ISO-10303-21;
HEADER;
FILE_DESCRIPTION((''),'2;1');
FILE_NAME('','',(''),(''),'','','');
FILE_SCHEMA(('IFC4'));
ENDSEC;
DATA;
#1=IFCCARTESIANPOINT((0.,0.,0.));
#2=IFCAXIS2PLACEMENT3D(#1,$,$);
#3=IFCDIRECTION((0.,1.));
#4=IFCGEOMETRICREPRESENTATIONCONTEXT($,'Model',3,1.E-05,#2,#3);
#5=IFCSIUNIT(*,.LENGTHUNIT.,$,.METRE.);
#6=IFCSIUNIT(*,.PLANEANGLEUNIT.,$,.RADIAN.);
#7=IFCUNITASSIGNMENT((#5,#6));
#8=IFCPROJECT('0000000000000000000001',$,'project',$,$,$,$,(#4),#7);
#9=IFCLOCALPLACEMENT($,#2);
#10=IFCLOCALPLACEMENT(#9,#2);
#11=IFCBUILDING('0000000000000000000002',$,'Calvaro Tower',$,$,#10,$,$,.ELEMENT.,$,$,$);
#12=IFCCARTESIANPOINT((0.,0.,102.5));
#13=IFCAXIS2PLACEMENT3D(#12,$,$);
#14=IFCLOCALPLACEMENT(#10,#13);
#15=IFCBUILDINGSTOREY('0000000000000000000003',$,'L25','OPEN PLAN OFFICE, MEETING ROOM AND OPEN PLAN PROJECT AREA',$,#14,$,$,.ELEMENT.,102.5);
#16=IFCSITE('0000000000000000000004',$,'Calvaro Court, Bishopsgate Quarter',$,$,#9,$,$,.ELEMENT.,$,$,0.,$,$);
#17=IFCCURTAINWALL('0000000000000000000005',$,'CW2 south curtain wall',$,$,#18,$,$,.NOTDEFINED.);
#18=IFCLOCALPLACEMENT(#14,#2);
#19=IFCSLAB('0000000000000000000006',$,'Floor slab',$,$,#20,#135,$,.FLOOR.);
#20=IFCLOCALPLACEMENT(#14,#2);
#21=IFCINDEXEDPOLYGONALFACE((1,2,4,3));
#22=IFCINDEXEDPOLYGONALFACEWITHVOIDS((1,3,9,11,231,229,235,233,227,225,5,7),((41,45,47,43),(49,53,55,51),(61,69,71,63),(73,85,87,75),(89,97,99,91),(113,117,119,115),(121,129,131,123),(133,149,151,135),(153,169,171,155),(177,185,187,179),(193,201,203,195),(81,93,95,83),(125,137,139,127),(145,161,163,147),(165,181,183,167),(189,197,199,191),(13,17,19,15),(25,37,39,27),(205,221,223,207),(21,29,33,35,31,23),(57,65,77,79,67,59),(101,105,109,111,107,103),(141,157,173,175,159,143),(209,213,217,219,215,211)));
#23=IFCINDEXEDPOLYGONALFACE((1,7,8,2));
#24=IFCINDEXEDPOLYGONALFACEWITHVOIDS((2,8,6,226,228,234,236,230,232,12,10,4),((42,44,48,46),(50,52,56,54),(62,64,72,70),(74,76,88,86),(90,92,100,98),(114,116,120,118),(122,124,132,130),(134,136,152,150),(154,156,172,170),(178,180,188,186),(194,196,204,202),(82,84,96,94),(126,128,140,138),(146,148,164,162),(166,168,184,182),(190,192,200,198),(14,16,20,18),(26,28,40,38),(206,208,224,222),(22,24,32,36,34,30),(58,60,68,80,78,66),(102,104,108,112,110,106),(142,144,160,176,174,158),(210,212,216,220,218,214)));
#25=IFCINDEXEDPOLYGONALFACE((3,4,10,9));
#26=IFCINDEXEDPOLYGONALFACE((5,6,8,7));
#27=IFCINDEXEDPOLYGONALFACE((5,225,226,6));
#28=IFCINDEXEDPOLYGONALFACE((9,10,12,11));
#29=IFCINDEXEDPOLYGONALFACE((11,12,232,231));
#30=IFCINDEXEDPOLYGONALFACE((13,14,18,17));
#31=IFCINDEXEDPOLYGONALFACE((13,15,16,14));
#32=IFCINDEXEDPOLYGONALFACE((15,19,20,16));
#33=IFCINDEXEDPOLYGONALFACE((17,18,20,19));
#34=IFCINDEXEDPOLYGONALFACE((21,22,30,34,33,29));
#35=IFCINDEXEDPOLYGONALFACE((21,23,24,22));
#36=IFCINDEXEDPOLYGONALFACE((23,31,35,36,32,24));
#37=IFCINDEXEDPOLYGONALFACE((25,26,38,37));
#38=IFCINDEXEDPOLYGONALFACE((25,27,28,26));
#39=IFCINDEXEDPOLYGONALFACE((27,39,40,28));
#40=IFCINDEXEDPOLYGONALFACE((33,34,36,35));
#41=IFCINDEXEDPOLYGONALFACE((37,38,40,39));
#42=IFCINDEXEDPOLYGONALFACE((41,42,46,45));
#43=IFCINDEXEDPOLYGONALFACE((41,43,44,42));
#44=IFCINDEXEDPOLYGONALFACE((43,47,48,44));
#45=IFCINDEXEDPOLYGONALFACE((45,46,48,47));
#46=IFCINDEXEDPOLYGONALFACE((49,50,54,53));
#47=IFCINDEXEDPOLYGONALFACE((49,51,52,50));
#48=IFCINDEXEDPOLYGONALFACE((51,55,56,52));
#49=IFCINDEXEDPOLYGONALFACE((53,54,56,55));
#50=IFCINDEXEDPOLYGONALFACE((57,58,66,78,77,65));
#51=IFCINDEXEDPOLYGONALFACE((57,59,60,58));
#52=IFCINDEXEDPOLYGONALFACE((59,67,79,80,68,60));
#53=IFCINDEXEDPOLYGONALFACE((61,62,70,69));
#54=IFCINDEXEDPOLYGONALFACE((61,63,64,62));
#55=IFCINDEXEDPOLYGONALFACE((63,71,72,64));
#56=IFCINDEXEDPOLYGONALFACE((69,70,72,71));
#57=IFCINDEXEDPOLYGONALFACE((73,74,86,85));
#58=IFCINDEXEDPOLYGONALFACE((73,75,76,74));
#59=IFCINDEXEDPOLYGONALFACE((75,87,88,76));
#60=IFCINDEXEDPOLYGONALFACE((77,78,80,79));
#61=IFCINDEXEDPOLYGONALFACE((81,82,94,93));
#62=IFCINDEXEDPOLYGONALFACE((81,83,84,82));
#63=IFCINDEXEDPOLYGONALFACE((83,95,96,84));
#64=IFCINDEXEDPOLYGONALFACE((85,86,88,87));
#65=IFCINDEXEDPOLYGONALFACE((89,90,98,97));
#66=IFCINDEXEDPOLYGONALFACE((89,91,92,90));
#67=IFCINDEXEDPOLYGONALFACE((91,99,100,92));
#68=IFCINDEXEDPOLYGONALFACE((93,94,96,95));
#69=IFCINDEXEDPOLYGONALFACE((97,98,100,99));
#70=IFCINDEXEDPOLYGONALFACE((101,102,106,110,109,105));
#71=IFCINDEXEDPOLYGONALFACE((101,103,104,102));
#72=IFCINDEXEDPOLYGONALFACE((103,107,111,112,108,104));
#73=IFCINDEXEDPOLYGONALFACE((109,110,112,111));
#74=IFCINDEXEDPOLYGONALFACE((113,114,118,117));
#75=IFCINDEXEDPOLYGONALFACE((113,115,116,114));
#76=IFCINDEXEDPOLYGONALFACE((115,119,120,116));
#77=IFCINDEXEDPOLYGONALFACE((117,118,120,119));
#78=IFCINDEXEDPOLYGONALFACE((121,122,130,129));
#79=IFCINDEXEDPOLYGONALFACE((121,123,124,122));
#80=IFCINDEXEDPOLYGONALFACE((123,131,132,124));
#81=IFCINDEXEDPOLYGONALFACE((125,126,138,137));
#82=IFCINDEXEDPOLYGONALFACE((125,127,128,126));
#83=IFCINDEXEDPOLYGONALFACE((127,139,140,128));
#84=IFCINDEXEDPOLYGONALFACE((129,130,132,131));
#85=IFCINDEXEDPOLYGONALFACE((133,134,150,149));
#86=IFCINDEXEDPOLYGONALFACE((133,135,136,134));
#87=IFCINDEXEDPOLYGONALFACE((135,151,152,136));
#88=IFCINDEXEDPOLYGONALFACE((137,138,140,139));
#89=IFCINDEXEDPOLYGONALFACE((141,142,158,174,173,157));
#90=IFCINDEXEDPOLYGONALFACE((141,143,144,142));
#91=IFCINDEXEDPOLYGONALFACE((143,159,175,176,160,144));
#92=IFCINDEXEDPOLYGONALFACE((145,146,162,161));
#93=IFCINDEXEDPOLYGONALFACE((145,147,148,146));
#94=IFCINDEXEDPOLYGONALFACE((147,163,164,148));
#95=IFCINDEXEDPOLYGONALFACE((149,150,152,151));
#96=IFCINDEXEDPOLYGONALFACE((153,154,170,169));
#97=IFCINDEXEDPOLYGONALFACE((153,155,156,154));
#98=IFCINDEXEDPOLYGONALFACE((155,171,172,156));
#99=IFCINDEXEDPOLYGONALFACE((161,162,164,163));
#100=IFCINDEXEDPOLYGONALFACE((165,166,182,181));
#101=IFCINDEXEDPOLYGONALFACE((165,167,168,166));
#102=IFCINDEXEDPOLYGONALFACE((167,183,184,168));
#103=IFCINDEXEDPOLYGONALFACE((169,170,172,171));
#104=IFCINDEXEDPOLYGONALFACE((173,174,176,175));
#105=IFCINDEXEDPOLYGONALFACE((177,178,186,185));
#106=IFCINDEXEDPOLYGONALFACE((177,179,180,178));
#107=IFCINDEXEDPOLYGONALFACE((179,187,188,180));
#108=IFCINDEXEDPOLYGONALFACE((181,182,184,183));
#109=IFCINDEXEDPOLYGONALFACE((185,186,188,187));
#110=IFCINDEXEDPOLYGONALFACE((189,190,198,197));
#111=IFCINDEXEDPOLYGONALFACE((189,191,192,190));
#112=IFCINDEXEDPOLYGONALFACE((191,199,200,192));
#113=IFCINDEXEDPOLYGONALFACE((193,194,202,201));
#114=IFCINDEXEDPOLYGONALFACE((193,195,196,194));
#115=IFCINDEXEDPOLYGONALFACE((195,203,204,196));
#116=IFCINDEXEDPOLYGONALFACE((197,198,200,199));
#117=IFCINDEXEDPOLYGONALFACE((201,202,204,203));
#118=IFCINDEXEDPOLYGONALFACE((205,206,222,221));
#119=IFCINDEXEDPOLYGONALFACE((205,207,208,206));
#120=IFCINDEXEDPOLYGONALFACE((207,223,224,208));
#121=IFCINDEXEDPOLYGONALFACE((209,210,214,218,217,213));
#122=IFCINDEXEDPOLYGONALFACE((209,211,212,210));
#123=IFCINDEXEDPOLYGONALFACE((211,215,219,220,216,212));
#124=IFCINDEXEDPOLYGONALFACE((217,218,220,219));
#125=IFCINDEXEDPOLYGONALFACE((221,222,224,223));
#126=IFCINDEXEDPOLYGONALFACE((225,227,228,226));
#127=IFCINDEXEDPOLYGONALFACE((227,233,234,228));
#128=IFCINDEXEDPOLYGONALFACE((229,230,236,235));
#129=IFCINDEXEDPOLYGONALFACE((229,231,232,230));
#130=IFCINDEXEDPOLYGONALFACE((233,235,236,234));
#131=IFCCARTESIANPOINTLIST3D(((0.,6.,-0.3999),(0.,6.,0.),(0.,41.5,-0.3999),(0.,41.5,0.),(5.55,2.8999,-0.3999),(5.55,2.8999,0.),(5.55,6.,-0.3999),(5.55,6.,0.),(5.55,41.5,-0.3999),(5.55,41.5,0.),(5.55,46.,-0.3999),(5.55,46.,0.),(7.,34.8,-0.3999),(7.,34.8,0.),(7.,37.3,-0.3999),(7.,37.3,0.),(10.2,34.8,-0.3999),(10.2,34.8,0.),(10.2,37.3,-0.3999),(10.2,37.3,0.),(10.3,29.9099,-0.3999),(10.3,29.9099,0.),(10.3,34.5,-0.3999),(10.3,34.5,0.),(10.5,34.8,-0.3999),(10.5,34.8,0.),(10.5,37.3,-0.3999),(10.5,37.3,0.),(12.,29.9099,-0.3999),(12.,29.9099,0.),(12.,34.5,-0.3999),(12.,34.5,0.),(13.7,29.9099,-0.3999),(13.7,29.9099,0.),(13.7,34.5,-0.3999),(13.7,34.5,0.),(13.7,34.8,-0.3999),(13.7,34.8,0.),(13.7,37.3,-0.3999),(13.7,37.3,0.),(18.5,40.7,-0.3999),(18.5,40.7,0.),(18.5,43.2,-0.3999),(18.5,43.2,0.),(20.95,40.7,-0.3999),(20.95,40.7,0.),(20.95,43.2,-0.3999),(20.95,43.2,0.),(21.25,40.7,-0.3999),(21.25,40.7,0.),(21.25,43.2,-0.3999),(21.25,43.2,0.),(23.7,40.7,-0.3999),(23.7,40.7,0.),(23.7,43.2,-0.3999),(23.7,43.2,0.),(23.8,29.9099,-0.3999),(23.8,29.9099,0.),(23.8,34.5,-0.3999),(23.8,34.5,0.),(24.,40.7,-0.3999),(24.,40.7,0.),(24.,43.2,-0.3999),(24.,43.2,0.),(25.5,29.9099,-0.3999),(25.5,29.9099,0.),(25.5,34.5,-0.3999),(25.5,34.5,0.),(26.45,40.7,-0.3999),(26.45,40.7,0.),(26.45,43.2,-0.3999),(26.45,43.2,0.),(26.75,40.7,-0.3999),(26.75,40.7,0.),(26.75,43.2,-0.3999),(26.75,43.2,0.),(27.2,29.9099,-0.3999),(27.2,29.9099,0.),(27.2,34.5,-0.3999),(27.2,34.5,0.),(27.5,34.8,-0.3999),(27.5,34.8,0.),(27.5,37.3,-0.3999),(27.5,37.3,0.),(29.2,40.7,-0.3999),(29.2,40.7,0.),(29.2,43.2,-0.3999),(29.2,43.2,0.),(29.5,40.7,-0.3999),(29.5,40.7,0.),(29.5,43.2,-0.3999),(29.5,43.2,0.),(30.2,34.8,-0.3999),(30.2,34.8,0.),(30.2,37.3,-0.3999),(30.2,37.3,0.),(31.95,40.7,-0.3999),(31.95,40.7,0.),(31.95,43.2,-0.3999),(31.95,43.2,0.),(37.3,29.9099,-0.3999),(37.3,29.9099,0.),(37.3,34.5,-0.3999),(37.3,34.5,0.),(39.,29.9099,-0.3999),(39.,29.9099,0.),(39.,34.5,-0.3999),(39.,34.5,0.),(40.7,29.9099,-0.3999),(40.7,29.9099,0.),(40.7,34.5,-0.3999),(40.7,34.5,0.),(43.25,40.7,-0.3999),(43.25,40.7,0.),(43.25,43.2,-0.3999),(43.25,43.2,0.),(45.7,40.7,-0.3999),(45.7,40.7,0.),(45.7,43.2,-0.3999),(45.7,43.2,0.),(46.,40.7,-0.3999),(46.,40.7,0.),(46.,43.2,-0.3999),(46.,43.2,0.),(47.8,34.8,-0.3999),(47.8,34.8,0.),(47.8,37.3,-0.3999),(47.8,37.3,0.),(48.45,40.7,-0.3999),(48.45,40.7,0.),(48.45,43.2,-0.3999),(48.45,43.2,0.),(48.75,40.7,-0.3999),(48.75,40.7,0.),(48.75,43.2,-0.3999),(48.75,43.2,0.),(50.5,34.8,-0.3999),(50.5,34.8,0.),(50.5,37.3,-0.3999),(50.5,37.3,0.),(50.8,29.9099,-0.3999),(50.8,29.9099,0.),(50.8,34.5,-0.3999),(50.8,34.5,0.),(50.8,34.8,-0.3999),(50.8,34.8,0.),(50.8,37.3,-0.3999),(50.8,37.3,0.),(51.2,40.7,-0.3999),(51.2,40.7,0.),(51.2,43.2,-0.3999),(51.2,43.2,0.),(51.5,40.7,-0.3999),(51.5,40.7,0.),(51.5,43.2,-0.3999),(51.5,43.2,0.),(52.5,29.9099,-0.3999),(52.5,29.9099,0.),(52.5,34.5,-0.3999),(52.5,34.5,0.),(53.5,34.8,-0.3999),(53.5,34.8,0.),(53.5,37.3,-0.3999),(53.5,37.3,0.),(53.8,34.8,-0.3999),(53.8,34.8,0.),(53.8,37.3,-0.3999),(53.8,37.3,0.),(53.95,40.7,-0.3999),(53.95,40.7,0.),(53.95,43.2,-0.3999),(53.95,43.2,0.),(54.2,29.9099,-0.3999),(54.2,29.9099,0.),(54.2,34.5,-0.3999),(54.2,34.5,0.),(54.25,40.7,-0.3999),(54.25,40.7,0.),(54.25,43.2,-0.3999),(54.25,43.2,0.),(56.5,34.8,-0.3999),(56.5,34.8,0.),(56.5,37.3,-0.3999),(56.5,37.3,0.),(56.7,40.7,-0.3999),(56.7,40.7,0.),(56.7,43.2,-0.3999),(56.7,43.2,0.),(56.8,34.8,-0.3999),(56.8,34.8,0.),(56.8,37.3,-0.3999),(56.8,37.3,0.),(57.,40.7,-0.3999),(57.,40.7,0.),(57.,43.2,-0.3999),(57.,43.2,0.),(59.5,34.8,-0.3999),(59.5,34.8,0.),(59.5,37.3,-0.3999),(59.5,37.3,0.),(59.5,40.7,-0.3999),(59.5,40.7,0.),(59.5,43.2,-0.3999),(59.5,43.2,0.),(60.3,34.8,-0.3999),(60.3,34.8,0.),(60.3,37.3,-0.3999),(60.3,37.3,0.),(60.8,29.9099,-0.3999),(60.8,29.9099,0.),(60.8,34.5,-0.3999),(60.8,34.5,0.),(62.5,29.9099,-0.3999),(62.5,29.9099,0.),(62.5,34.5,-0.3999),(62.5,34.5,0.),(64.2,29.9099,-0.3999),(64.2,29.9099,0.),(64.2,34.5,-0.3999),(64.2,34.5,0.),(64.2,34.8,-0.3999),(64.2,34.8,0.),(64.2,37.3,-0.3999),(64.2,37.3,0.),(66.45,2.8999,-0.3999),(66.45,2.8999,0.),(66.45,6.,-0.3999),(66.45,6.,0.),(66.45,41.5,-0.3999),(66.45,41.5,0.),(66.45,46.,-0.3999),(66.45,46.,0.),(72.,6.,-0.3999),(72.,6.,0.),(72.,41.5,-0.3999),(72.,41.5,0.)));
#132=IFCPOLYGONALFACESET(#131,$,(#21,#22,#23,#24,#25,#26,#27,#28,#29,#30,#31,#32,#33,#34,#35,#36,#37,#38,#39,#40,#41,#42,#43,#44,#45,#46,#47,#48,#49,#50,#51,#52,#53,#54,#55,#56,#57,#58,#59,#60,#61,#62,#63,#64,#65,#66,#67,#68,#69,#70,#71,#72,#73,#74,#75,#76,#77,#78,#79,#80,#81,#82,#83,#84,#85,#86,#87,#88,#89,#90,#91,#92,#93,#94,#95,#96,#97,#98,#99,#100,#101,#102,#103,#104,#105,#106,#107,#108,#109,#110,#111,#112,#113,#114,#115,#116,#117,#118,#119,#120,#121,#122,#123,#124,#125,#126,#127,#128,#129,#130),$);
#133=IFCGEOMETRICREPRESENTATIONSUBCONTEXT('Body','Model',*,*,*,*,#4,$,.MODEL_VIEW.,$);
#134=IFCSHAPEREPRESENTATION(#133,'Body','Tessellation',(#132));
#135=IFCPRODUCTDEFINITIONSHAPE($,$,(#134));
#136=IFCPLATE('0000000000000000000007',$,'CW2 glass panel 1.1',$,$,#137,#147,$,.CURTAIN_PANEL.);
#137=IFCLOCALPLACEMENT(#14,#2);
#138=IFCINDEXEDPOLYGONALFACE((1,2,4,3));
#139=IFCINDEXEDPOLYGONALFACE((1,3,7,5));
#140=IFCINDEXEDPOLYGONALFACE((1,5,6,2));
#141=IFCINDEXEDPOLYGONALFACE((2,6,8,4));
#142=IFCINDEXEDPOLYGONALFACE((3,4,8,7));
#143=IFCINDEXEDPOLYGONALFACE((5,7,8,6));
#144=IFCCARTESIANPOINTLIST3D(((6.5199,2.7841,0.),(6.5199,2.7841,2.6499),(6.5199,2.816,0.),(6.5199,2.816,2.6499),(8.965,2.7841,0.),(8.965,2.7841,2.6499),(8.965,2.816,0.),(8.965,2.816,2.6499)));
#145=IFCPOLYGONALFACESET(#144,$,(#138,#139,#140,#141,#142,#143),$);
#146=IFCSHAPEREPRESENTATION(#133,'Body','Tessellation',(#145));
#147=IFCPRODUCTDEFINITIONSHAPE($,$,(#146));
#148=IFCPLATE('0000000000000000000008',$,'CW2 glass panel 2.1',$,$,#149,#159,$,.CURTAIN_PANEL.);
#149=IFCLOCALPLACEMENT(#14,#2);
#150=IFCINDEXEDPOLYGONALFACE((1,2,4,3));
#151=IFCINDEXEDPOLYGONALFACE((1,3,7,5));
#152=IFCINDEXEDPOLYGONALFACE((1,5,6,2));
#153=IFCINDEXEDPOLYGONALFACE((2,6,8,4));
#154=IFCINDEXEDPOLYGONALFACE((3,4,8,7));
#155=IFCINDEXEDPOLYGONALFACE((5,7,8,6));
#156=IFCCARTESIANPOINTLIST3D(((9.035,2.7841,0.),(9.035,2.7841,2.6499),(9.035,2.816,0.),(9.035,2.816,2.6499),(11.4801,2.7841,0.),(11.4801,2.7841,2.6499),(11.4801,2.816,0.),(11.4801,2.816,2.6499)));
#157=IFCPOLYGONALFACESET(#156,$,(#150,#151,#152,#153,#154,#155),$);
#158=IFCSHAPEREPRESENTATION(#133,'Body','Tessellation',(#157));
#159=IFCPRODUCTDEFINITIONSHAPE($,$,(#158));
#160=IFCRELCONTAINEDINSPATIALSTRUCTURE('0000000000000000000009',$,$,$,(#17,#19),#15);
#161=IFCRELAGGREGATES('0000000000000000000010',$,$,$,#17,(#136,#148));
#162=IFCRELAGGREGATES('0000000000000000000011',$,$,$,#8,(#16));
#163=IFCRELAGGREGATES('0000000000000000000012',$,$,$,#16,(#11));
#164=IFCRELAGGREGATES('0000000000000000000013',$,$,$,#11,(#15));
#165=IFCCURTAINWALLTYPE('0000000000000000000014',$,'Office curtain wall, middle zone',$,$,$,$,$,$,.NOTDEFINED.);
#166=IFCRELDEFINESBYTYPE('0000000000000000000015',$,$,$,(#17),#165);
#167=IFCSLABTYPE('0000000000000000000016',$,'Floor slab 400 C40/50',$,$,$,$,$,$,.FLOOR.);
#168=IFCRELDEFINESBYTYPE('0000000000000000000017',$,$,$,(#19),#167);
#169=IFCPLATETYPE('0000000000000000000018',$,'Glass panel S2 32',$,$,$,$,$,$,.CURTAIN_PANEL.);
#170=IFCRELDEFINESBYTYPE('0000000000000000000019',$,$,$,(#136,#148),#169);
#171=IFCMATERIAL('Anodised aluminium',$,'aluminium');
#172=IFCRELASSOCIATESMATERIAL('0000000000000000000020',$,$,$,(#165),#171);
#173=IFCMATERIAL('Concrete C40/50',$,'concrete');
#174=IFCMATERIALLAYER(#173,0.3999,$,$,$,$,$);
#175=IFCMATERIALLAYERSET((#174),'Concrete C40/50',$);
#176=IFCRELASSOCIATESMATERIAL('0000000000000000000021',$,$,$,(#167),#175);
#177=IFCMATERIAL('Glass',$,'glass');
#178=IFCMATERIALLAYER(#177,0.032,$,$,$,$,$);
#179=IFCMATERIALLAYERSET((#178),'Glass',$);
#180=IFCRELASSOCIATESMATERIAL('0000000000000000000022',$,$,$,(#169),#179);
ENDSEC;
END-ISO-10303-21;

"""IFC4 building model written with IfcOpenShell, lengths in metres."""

from ifc_helpers import new_model, si_unit, direction, frame, origin, origin_2d, place, context, subcontext, project, spatial, polyline, rectangle, outline, extrude, material, layer, layer_set, type_object, element, aggregate, save


model = new_model("IFC4")

# Units and contexts
model_context = context("Model", 3, precision=1e-05, world=origin(), true_north=direction((0.0, 1.0)))
body_context = subcontext(model_context, "Body", "Model", "MODEL_VIEW")
ifc_project = project(units=[si_unit("LENGTHUNIT", "METRE"), si_unit("PLANEANGLEUNIT", "RADIAN")], contexts=[model_context])

# Site, building, storey
site_placement = place(None, origin())
site = spatial("IfcSite", under=ifc_project, at=site_placement, Name="Calvaro Court, Bishopsgate Quarter", CompositionType="ELEMENT", RefElevation=0.0)
building_placement = place(site_placement, origin())
building = spatial("IfcBuilding", under=site, at=building_placement, Name="Calvaro Tower", CompositionType="ELEMENT")
storey_placement = place(building_placement, frame((0.0, 0.0, 102.5)))
storey = spatial("IfcBuildingStorey", under=building, at=storey_placement, Name="L25", Description="OPEN PLAN OFFICE, MEETING ROOM AND OPEN PLAN PROJECT AREA", CompositionType="ELEMENT", Elevation=102.5)

# Curtain wall
ifc_material_1 = material(Name="Anodised aluminium", Category="aluminium")
curtain_wall_type = type_object("IfcCurtainWallType", Name="Office curtain wall, middle zone", PredefinedType="NOTDEFINED", material=ifc_material_1)
curtain_wall_1_placement = place(storey_placement, origin())
curtain_wall_1 = element("IfcCurtainWall", 1, at=curtain_wall_1_placement, inside=storey, type_object=curtain_wall_type, Name="CW2 south curtain wall", PredefinedType="NOTDEFINED")

# Slab
ifc_material_2 = material(Name="Concrete C40/50", Category="concrete")
ifc_layer_1 = layer(ifc_material_2, 0.3999)
ifc_layer_set_1 = layer_set([ifc_layer_1], Name="Concrete C40/50")
slab_type_1 = type_object("IfcSlabType", Name="Floor slab 400 C40/50", PredefinedType="FLOOR", material=ifc_layer_set_1)
slab_1_placement = place(storey_placement, frame((0.0, 0.0, -0.3999)))
element("IfcSlab", 2, at=slab_1_placement, inside=storey, type_object=slab_type_1, Name="Floor slab", PredefinedType="FLOOR", context=body_context, shape_type="SweptSolid", body=[
    extrude(outline(polyline([(66.45, 6.0), (66.45, 2.8999), (5.55, 2.8999), (5.55, 6.0), (0.0, 6.0), (0.0, 41.5), (5.55, 41.5), (5.55, 46.0), (66.45, 46.0), (66.45, 41.5), (72.0, 41.5), (72.0, 6.0), (66.45, 6.0)]), holes=[polyline([(10.3, 29.9099), (10.3, 34.5), (12.0, 34.5), (13.7, 34.5), (13.7, 29.9099), (12.0, 29.9099), (10.3, 29.9099)]), polyline([(23.8, 29.9099), (23.8, 34.5), (25.5, 34.5), (27.2, 34.5), (27.2, 29.9099), (25.5, 29.9099), (23.8, 29.9099)]), polyline([(37.3, 29.9099), (37.3, 34.5), (39.0, 34.5), (40.7, 34.5), (40.7, 29.9099), (39.0, 29.9099), (37.3, 29.9099)]), polyline([(50.8, 29.9099), (50.8, 34.5), (52.5, 34.5), (54.2, 34.5), (54.2, 29.9099), (52.5, 29.9099), (50.8, 29.9099)]), polyline([(60.8, 29.9099), (60.8, 34.5), (62.5, 34.5), (64.2, 34.5), (64.2, 29.9099), (62.5, 29.9099), (60.8, 29.9099)]), polyline([(50.8, 34.8), (53.5, 34.8), (53.5, 37.3), (50.8, 37.3), (50.8, 34.8)]), polyline([(53.8, 34.8), (56.5, 34.8), (56.5, 37.3), (53.8, 37.3), (53.8, 34.8)]), polyline([(56.8, 34.8), (59.5, 34.8), (59.5, 37.3), (56.8, 37.3), (56.8, 34.8)]), polyline([(18.5, 40.7), (20.95, 40.7), (20.95, 43.2), (18.5, 43.2), (18.5, 40.7)]), polyline([(21.25, 40.7), (23.7, 40.7), (23.7, 43.2), (21.25, 43.2), (21.25, 40.7)]), polyline([(24.0, 40.7), (26.45, 40.7), (26.45, 43.2), (24.0, 43.2), (24.0, 40.7)]), polyline([(26.75, 40.7), (29.2, 40.7), (29.2, 43.2), (26.75, 43.2), (26.75, 40.7)]), polyline([(29.5, 40.7), (31.95, 40.7), (31.95, 43.2), (29.5, 43.2), (29.5, 40.7)]), polyline([(43.25, 40.7), (45.7, 40.7), (45.7, 43.2), (43.25, 43.2), (43.25, 40.7)]), polyline([(46.0, 40.7), (48.45, 40.7), (48.45, 43.2), (46.0, 43.2), (46.0, 40.7)]), polyline([(48.75, 40.7), (51.2, 40.7), (51.2, 43.2), (48.75, 43.2), (48.75, 40.7)]), polyline([(51.5, 40.7), (53.95, 40.7), (53.95, 43.2), (51.5, 43.2), (51.5, 40.7)]), polyline([(54.25, 40.7), (56.7, 40.7), (56.7, 43.2), (54.25, 43.2), (54.25, 40.7)]), polyline([(57.0, 40.7), (59.5, 40.7), (59.5, 43.2), (57.0, 43.2), (57.0, 40.7)]), polyline([(7.0, 34.8), (10.2, 34.8), (10.2, 37.3), (7.0, 37.3), (7.0, 34.8)]), polyline([(10.5, 34.8), (13.7, 34.8), (13.7, 37.3), (10.5, 37.3), (10.5, 34.8)]), polyline([(60.3, 34.8), (64.2, 34.8), (64.2, 37.3), (60.3, 37.3), (60.3, 34.8)]), polyline([(27.5, 34.8), (30.2, 34.8), (30.2, 37.3), (27.5, 37.3), (27.5, 34.8)]), polyline([(47.8, 34.8), (50.5, 34.8), (50.5, 37.3), (47.8, 37.3), (47.8, 34.8)])]), origin(), (0.0, 0.0, 1.0), 0.3999),
])

# Plates
ifc_material_3 = material(Name="Glass", Category="glass")
ifc_layer_2 = layer(ifc_material_3, 0.032)
ifc_layer_set_2 = layer_set([ifc_layer_2], Name="Glass")
plate_type = type_object("IfcPlateType", Name="Glass panel S2 32", PredefinedType="CURTAIN_PANEL", material=ifc_layer_set_2)
plate_1_placement = place(storey_placement, frame((7.7424, 2.8, 0.0), z_axis=(0.0, 0.0, 1.0), x_axis=(1.0, 0.0, 0.0)))
plate_1 = element("IfcPlate", 3, at=plate_1_placement, type_object=plate_type, Name="CW2 glass panel 1.1", PredefinedType="CURTAIN_PANEL", context=body_context, shape_type="SweptSolid", body=[
    extrude(rectangle(XDim=2.4451, YDim=0.032, at=origin_2d()), origin(), (0.0, 0.0, 1.0), 2.6499),
])
plate_2_placement = place(storey_placement, frame((10.2576, 2.8, 0.0), z_axis=(0.0, 0.0, 1.0), x_axis=(1.0, 0.0, 0.0)))
plate_2 = element("IfcPlate", 4, at=plate_2_placement, type_object=plate_type, Name="CW2 glass panel 2.1", PredefinedType="CURTAIN_PANEL", context=body_context, shape_type="SweptSolid", body=[
    extrude(rectangle(XDim=2.4451, YDim=0.032, at=origin_2d()), origin(), (0.0, 0.0, 1.0), 2.6499),
])
aggregate(curtain_wall_1, [plate_1, plate_2])

save(model, "model.ifc")
